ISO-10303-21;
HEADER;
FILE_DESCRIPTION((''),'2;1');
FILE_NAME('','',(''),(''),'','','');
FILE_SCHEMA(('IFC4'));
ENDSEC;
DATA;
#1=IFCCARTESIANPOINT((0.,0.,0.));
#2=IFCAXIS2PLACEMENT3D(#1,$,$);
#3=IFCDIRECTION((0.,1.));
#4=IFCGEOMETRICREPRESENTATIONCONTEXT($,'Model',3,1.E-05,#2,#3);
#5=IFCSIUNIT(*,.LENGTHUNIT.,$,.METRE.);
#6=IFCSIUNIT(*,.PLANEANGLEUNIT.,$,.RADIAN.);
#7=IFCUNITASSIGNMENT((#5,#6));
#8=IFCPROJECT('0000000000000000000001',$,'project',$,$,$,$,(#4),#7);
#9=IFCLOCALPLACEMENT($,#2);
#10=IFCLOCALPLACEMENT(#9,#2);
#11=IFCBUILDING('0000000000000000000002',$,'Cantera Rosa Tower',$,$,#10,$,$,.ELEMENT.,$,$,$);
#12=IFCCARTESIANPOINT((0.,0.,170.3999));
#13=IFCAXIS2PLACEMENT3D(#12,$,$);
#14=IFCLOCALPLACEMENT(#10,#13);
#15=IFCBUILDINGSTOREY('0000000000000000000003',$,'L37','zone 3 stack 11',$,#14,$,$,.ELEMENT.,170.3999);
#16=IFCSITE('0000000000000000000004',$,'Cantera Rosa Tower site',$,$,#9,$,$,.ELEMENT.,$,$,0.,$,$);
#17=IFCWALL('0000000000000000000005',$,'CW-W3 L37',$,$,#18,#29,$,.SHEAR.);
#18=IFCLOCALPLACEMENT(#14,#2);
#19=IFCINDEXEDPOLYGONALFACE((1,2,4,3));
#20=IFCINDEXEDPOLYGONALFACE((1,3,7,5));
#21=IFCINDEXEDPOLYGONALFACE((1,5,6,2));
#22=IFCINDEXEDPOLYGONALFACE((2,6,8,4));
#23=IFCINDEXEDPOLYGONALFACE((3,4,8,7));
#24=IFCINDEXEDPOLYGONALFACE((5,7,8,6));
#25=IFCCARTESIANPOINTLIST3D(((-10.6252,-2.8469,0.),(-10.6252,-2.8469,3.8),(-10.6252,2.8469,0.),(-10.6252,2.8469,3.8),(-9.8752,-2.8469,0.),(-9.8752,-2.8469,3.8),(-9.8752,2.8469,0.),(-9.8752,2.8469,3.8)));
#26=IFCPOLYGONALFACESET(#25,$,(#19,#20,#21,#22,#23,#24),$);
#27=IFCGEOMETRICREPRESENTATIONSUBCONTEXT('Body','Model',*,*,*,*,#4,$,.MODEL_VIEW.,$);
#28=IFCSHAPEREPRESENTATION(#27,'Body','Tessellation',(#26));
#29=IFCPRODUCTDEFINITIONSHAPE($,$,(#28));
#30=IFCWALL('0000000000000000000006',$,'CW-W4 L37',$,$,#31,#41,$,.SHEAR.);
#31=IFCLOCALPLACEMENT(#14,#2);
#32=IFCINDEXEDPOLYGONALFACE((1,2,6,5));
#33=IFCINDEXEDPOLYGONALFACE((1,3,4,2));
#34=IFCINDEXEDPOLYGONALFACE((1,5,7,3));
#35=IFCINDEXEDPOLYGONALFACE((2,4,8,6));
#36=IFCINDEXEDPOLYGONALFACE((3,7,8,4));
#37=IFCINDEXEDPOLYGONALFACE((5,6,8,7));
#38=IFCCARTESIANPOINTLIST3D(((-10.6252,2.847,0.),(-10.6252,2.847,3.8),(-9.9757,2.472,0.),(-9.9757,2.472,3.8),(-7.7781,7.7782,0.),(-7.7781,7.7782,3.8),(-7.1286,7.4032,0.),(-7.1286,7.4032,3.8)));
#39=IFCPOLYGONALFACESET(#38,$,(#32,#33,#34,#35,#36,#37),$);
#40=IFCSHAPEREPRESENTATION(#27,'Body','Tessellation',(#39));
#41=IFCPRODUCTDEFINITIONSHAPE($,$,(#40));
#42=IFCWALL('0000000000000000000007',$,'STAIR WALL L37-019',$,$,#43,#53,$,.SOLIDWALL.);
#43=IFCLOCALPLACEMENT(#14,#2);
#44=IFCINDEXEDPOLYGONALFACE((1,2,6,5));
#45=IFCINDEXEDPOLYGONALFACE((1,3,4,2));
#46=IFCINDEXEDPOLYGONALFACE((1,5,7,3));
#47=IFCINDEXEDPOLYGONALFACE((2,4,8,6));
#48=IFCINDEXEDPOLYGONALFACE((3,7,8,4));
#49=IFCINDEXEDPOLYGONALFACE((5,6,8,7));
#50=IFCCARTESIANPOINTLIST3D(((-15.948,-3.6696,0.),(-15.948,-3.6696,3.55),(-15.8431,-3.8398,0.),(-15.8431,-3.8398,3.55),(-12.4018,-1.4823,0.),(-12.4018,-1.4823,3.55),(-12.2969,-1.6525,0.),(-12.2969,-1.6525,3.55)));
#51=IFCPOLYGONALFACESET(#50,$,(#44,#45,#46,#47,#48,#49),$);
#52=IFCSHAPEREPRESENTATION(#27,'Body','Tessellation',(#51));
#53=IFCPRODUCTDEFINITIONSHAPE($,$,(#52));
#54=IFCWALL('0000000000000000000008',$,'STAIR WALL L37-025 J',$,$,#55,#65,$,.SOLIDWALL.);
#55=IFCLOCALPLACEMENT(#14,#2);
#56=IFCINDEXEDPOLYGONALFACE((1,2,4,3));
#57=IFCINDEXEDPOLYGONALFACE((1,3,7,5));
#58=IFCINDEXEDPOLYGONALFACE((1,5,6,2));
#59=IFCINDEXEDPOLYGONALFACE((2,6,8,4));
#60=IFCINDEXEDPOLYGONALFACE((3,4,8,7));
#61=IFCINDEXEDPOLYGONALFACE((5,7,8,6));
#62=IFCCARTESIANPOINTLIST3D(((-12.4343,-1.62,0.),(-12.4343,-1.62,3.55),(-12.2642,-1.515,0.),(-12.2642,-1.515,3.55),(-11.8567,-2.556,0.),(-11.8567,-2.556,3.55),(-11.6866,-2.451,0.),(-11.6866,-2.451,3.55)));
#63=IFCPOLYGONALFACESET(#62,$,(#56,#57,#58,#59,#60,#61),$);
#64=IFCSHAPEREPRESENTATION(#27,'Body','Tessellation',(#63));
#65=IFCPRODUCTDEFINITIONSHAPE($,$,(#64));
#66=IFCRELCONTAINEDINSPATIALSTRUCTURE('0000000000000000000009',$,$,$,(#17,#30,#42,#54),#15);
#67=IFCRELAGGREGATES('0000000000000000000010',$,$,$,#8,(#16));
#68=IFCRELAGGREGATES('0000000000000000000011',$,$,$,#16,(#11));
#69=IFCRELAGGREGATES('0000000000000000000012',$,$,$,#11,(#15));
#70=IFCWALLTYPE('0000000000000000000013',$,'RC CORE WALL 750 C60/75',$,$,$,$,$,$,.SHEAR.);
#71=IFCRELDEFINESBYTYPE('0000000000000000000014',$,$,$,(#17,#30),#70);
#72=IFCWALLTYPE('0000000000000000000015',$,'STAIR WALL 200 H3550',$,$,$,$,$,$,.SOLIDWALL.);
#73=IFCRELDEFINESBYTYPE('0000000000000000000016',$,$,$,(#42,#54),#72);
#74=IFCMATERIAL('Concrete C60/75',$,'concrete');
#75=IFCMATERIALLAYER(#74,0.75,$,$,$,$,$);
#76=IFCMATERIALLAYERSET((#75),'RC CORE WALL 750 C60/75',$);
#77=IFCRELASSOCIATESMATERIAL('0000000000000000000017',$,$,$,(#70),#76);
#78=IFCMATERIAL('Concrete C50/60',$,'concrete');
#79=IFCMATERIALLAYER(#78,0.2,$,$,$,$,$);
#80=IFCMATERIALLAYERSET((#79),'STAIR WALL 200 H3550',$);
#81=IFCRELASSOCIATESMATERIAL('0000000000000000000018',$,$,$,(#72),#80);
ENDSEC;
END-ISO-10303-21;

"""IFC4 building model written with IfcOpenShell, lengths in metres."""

from ifc_helpers import new_model, si_unit, direction, frame, frame_2d, origin, place, context, subcontext, project, spatial, rectangle, extrude, material, layer, layer_set, type_object, element, save


model = new_model("IFC4")

# Units and contexts
model_context = context("Model", 3, precision=1e-05, world=origin(), true_north=direction((0.0, 1.0)))
body_context = subcontext(model_context, "Body", "Model", "MODEL_VIEW")
ifc_project = project(units=[si_unit("LENGTHUNIT", "METRE"), si_unit("PLANEANGLEUNIT", "RADIAN")], contexts=[model_context])

# Site, building, storey
site_placement = place(None, origin())
site = spatial("IfcSite", under=ifc_project, at=site_placement, Name="Cantera Rosa Tower site", CompositionType="ELEMENT", RefElevation=0.0)
building_placement = place(site_placement, origin())
building = spatial("IfcBuilding", under=site, at=building_placement, Name="Cantera Rosa Tower", CompositionType="ELEMENT")
storey_placement = place(building_placement, frame((0.0, 0.0, 170.3999)))
storey = spatial("IfcBuildingStorey", under=building, at=storey_placement, Name="L37", Description="zone 3 stack 11", CompositionType="ELEMENT", Elevation=170.3999)

# Walls
ifc_material_1 = material(Name="Concrete C60/75", Category="concrete")
ifc_layer_1 = layer(ifc_material_1, 0.75)
ifc_layer_set_1 = layer_set([ifc_layer_1], Name="RC CORE WALL 750 C60/75")
wall_type_1 = type_object("IfcWallType", Name="RC CORE WALL 750 C60/75", PredefinedType="SHEAR", material=ifc_layer_set_1)
wall_1_placement = place(storey_placement, frame((-10.2502, -2.8469, 0.0), z_axis=(0.0, 0.0, 1.0), x_axis=(0.0, 1.0, 0.0)))
element("IfcWall", 1, at=wall_1_placement, inside=storey, type_object=wall_type_1, Name="CW-W3 L37", PredefinedType="SHEAR", context=body_context, shape_type="SweptSolid", body=[
    extrude(rectangle(XDim=5.6938, YDim=0.75, at=frame_2d((2.8469, 0.0))), origin(), (0.0, 0.0, 1.0), 3.8),
])
wall_2_placement = place(storey_placement, frame((-10.3005, 2.6594, 0.0), z_axis=(0.0, 0.0, 1.0), x_axis=(0.500022, 0.866013, 0.0)))
element("IfcWall", 2, at=wall_2_placement, inside=storey, type_object=wall_type_1, Name="CW-W4 L37", PredefinedType="SHEAR", context=body_context, shape_type="SweptSolid", body=[
    extrude(rectangle(XDim=5.6941, YDim=0.75, at=frame_2d((2.8472, 0.0))), origin(), (0.0, 0.0, 1.0), 3.8),
])
ifc_material_2 = material(Name="Concrete C50/60", Category="concrete")
ifc_layer_2 = layer(ifc_material_2, 0.2)
ifc_layer_set_2 = layer_set([ifc_layer_2], Name="STAIR WALL 200 H3550")
wall_type_2 = type_object("IfcWallType", Name="STAIR WALL 200 H3550", PredefinedType="SOLIDWALL", material=ifc_layer_set_2)
wall_3_placement = place(storey_placement, frame((-12.3494, -1.5674, 0.0), z_axis=(0.0, 0.0, 1.0), x_axis=(-0.851121, -0.52497, 0.0)))
element("IfcWall", 3, at=wall_3_placement, inside=storey, type_object=wall_type_2, Name="STAIR WALL L37-019", PredefinedType="SOLIDWALL", context=body_context, shape_type="SweptSolid", body=[
    extrude(rectangle(XDim=4.1665, YDim=0.2, at=frame_2d((2.0833, 0.0))), origin(), (0.0, 0.0, 1.0), 3.55),
])
wall_4_placement = place(storey_placement, frame((-11.7717, -2.5034, 0.0), z_axis=(0.0, 0.0, 1.0), x_axis=(-0.525162, 0.851002, 0.0)))
element("IfcWall", 4, at=wall_4_placement, inside=storey, type_object=wall_type_2, Name="STAIR WALL L37-025 J", PredefinedType="SOLIDWALL", context=body_context, shape_type="SweptSolid", body=[
    extrude(rectangle(XDim=1.0999, YDim=0.2, at=frame_2d((0.5498, 0.0))), origin(), (0.0, 0.0, 1.0), 3.55),
])

save(model, "model.ifc")
